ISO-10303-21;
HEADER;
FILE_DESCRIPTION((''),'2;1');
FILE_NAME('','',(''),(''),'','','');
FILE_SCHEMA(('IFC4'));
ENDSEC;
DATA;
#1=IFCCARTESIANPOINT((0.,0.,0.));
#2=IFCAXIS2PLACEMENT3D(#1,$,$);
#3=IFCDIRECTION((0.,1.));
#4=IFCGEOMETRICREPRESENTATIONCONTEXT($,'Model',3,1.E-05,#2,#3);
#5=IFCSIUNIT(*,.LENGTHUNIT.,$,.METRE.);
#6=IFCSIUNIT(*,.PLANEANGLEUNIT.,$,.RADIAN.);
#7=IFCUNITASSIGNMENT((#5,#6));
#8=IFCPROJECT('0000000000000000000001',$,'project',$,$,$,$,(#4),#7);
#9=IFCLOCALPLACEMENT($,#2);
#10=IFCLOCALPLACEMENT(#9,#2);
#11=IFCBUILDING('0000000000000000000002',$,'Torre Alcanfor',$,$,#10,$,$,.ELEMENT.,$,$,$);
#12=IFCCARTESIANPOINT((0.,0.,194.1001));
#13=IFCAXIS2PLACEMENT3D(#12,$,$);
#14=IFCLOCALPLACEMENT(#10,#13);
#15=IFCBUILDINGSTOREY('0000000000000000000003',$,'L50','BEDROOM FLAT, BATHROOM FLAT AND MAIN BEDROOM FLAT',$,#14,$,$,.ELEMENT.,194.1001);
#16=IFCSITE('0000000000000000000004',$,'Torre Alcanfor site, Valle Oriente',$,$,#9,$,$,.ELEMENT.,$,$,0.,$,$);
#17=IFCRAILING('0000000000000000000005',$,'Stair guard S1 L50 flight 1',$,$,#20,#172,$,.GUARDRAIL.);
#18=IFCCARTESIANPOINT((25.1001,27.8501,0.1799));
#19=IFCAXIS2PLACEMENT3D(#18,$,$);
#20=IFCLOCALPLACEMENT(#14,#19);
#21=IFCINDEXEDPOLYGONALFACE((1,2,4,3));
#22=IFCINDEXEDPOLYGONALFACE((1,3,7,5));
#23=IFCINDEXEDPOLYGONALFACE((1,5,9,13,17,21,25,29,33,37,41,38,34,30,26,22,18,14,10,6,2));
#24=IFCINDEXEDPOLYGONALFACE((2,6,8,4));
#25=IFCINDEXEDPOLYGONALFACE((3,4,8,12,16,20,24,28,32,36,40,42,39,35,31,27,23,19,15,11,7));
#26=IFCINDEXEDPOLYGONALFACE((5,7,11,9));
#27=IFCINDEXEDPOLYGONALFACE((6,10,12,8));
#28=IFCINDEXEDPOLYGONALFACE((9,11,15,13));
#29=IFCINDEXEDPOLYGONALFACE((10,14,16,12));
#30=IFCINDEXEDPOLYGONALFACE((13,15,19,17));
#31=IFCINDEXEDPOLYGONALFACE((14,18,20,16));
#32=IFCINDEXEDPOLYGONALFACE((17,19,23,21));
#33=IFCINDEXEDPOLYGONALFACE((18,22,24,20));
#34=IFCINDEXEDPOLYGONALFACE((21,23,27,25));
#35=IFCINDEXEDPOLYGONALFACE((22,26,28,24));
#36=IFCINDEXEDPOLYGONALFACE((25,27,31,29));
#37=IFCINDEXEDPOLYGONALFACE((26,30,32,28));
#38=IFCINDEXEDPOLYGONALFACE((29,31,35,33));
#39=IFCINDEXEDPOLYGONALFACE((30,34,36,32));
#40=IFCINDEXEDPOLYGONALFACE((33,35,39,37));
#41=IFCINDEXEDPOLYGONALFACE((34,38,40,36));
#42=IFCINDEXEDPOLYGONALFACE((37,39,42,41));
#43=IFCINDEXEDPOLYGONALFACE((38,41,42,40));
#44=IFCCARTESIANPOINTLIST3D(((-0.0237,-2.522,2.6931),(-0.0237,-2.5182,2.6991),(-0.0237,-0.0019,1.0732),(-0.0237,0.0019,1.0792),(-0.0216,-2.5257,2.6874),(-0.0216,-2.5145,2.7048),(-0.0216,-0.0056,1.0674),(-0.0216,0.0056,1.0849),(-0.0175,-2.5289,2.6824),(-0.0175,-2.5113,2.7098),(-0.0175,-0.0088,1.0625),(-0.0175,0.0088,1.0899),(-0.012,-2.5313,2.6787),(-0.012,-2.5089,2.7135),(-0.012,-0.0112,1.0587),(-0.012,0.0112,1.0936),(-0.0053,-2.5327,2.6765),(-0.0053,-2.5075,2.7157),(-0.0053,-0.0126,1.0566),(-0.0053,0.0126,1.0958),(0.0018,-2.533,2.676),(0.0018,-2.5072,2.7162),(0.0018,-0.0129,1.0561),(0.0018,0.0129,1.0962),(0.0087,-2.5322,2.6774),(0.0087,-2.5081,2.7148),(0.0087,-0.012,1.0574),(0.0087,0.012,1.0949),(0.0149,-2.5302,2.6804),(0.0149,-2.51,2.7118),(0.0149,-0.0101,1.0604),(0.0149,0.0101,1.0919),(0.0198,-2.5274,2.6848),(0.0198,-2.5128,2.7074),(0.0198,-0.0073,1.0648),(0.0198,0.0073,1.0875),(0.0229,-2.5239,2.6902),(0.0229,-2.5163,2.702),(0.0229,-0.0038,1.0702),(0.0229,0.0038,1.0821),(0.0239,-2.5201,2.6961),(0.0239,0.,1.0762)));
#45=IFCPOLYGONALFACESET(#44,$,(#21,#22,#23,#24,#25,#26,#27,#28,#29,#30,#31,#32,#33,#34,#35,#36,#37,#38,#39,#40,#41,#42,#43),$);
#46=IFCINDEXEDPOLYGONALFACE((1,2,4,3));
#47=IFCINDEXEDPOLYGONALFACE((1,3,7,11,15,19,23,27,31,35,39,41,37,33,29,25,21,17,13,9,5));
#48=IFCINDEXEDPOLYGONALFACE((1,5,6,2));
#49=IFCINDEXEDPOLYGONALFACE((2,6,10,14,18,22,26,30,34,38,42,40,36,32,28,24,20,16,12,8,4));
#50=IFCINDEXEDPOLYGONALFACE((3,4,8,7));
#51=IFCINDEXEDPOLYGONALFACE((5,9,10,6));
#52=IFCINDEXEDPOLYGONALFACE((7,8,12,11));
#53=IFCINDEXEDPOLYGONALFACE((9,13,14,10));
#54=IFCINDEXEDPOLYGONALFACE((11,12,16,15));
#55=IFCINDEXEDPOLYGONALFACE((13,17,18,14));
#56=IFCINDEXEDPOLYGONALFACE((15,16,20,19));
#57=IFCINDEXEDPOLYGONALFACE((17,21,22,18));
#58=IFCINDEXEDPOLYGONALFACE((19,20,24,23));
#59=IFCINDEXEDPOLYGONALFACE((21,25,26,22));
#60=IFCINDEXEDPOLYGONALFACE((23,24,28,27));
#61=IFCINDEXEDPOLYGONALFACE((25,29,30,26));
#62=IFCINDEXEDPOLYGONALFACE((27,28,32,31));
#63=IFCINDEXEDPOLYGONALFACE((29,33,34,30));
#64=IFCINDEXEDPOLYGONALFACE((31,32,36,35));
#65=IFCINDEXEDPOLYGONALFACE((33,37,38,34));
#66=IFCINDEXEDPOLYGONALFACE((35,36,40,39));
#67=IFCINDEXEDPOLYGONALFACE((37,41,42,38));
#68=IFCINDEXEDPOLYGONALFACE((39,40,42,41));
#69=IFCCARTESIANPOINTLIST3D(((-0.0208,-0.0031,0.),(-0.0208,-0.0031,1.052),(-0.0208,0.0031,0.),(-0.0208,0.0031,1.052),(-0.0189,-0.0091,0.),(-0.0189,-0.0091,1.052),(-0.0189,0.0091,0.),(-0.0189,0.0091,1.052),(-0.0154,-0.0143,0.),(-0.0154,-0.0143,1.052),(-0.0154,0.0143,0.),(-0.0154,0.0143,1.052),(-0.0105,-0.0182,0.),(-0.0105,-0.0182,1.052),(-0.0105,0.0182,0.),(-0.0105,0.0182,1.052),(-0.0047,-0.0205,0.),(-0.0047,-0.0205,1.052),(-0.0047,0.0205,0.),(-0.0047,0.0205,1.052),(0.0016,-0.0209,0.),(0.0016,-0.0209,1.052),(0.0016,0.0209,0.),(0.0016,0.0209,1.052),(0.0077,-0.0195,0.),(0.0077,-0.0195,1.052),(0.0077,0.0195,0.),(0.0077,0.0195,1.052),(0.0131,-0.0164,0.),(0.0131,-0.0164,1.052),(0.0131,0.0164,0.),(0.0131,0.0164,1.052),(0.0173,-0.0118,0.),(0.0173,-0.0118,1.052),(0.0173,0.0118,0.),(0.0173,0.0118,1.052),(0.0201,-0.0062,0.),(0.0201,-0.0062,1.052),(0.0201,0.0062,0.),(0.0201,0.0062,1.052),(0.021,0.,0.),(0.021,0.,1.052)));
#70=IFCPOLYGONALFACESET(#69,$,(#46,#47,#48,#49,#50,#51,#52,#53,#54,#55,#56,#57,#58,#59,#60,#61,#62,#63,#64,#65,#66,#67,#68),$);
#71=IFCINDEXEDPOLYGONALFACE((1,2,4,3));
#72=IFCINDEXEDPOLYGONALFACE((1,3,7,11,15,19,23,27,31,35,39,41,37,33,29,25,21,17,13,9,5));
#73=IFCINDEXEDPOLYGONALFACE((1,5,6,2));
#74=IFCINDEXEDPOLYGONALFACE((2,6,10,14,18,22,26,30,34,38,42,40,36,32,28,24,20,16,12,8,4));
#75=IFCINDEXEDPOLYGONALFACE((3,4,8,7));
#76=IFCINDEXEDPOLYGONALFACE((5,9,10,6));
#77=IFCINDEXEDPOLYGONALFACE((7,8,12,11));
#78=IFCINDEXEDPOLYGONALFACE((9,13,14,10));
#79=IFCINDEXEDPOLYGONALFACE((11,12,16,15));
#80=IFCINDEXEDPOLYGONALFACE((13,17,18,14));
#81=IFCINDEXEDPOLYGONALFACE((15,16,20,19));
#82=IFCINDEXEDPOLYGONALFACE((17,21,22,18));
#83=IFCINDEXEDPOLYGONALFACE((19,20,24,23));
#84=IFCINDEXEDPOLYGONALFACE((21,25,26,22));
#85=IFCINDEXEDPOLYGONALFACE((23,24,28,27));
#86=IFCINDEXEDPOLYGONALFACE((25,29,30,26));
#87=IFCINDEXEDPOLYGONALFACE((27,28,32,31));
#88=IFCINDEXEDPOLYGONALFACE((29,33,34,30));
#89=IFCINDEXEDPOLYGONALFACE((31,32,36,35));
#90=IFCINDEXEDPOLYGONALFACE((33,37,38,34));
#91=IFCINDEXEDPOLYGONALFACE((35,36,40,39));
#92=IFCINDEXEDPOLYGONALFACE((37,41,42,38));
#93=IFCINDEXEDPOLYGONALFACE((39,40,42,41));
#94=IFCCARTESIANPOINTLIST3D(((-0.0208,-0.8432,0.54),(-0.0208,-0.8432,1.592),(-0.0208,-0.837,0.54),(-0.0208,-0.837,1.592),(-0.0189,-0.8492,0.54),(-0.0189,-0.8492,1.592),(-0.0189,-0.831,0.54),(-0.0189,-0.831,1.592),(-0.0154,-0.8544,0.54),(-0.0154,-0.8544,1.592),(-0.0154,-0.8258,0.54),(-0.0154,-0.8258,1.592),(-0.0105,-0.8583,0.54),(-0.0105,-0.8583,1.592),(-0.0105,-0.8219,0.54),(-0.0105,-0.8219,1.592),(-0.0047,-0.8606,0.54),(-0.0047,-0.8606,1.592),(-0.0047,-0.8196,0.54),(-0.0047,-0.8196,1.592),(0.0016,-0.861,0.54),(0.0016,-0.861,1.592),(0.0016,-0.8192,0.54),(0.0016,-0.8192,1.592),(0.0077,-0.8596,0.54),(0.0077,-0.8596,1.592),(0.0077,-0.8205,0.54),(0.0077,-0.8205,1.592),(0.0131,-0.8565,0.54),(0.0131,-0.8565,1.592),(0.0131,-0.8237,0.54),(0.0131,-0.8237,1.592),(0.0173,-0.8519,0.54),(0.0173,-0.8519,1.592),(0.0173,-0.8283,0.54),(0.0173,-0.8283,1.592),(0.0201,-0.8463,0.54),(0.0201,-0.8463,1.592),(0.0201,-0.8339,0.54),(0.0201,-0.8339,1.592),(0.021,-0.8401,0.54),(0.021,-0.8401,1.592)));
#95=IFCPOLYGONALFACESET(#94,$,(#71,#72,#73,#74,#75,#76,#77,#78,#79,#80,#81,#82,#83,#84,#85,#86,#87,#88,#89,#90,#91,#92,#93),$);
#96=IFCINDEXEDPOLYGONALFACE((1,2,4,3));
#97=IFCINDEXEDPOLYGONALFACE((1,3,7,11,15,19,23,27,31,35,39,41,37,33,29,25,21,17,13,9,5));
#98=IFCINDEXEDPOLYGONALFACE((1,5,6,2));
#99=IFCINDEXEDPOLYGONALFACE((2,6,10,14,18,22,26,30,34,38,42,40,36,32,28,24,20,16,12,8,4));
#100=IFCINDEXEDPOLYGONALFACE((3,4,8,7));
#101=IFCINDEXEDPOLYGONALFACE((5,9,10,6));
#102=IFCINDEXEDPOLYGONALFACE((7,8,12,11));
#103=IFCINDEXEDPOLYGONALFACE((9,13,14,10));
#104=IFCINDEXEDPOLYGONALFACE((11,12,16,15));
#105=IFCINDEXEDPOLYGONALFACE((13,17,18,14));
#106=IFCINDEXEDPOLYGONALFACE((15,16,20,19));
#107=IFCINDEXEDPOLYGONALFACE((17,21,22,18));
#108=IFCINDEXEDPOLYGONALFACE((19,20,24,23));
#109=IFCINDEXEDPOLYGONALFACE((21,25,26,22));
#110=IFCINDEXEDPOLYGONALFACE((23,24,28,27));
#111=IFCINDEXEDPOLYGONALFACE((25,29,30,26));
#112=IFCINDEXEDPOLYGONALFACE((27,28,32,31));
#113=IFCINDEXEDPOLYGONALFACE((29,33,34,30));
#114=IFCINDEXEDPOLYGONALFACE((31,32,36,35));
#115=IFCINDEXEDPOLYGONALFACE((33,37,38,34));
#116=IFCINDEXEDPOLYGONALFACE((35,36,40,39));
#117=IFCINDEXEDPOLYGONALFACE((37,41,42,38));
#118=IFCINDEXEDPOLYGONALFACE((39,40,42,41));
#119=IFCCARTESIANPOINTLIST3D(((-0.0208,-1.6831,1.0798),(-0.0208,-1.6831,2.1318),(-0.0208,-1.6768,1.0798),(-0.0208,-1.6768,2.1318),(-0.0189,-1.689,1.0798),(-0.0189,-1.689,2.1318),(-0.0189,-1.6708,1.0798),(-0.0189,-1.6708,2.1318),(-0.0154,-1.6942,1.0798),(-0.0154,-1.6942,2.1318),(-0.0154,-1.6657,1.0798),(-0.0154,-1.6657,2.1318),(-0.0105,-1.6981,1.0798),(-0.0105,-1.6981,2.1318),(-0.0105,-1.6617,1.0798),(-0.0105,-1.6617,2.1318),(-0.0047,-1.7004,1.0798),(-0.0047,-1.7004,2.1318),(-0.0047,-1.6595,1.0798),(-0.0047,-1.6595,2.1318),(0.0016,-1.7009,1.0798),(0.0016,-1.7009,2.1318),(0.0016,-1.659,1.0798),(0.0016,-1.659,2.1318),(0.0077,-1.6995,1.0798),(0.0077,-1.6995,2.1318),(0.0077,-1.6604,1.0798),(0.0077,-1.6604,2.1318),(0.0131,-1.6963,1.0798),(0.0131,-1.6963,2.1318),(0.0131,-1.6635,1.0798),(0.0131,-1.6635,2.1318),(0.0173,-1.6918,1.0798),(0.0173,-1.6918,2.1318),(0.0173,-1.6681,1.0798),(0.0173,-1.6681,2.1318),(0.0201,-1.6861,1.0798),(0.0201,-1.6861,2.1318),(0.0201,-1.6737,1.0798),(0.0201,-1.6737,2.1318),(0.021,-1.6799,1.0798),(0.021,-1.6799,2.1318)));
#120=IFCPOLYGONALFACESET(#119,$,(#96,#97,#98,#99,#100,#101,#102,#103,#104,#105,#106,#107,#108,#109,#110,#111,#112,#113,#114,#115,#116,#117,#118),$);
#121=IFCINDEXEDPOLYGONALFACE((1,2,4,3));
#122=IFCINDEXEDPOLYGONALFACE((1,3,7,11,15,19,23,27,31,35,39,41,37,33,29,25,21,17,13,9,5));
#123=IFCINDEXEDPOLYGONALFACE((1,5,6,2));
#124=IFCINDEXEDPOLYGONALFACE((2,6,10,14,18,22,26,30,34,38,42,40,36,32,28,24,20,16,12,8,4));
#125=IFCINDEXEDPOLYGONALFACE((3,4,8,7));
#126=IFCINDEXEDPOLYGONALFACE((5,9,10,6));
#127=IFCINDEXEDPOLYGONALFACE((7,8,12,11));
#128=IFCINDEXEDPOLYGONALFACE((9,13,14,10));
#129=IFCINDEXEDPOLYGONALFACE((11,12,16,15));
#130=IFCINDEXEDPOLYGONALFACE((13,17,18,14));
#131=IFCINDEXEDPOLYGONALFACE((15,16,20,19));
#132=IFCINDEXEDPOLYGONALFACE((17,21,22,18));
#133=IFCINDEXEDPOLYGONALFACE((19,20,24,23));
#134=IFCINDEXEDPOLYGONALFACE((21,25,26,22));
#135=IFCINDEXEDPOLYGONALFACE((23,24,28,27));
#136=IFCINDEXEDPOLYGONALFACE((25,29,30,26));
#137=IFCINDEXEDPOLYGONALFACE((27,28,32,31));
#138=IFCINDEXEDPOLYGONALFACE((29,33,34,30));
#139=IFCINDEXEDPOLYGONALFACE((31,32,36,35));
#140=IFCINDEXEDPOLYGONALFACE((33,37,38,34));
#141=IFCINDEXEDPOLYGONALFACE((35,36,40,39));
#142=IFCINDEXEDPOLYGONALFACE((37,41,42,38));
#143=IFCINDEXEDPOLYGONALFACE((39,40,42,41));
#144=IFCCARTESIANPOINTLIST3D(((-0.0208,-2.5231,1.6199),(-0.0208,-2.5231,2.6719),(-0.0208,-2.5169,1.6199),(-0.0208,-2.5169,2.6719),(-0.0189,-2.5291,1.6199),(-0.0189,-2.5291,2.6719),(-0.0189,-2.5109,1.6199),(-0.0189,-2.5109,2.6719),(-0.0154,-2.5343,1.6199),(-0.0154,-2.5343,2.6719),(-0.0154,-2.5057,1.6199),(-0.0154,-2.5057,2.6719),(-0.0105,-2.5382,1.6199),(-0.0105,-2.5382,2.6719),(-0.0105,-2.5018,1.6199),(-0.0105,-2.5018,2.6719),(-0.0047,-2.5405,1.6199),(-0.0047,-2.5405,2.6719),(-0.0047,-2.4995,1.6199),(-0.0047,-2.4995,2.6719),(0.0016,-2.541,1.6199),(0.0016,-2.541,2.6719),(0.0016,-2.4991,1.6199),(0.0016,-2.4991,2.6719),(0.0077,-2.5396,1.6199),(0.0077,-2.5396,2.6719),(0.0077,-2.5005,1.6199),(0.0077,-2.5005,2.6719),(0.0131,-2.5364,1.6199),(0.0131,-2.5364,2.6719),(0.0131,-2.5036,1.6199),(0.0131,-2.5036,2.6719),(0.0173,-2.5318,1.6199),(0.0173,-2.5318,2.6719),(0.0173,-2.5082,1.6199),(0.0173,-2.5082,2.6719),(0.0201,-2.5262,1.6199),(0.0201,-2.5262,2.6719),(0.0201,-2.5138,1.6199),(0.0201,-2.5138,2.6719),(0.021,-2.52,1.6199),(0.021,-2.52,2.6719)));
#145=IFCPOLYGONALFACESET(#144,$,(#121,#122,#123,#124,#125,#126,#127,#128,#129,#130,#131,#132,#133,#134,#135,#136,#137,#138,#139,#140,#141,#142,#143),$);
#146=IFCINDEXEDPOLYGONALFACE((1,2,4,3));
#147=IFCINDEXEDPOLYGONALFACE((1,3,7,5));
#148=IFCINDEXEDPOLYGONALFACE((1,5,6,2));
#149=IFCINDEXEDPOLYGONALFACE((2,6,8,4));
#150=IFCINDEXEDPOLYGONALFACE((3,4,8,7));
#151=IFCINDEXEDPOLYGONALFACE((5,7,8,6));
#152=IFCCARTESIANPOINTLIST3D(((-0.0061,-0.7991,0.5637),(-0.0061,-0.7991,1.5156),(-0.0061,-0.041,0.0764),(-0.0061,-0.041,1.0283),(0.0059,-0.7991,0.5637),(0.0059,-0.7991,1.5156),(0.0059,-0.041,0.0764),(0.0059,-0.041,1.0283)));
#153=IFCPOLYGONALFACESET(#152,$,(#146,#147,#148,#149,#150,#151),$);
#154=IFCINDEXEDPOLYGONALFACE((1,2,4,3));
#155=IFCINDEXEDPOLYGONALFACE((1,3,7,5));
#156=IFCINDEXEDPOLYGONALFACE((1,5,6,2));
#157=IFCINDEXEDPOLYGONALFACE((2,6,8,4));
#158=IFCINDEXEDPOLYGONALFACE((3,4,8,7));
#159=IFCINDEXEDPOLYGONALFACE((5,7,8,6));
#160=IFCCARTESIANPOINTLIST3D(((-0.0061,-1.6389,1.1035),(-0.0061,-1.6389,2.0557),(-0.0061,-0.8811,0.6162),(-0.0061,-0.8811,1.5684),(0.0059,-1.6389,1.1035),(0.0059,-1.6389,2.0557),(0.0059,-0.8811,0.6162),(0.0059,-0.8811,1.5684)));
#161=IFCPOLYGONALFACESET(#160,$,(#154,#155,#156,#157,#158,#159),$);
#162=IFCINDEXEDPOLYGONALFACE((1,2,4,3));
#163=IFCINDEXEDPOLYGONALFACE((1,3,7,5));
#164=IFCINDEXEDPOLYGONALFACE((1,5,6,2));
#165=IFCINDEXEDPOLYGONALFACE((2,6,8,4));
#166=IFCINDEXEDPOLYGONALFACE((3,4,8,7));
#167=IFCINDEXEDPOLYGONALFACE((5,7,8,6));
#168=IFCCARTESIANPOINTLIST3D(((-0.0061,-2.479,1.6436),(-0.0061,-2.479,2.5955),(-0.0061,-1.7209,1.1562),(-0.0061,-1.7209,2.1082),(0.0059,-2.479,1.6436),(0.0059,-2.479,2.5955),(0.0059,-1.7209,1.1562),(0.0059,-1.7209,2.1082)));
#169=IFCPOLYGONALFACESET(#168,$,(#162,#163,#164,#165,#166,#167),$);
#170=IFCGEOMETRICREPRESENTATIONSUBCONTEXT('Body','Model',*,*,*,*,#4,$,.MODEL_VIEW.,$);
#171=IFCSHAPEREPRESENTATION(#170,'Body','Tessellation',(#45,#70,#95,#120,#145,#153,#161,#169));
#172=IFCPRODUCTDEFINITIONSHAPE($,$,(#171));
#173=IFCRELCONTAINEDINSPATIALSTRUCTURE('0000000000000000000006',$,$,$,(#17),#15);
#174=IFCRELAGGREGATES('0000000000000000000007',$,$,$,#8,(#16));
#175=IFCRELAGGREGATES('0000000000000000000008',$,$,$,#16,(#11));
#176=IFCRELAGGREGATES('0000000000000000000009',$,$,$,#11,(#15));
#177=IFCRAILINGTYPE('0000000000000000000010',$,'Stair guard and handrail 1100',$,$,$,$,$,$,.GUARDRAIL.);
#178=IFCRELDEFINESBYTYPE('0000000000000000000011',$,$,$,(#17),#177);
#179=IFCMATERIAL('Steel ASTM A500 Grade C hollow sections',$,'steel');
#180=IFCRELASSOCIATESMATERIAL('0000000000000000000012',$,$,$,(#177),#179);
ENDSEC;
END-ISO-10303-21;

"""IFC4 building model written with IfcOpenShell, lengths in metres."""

from ifc_helpers import new_model, si_unit, direction, frame, origin, origin_2d, place, context, subcontext, project, spatial, polyline, circle, outline, extrude, material, type_object, element, save


model = new_model("IFC4")

# Units and contexts
model_context = context("Model", 3, precision=1e-05, world=origin(), true_north=direction((0.0, 1.0)))
body_context = subcontext(model_context, "Body", "Model", "MODEL_VIEW")
ifc_project = project(units=[si_unit("LENGTHUNIT", "METRE"), si_unit("PLANEANGLEUNIT", "RADIAN")], contexts=[model_context])

# Site, building, storey
site_placement = place(None, origin())
site = spatial("IfcSite", under=ifc_project, at=site_placement, Name="Torre Alcanfor site, Valle Oriente", CompositionType="ELEMENT", RefElevation=0.0)
building_placement = place(site_placement, origin())
building = spatial("IfcBuilding", under=site, at=building_placement, Name="Torre Alcanfor", CompositionType="ELEMENT")
storey_placement = place(building_placement, frame((0.0, 0.0, 194.1001)))
storey = spatial("IfcBuildingStorey", under=building, at=storey_placement, Name="L50", Description="BEDROOM FLAT, BATHROOM FLAT AND MAIN BEDROOM FLAT", CompositionType="ELEMENT", Elevation=194.1001)

# Railing
ifc_material_1 = material(Name="Steel ASTM A500 Grade C hollow sections", Category="steel")
railing_type = type_object("IfcRailingType", Name="Stair guard and handrail 1100", PredefinedType="GUARDRAIL", material=ifc_material_1)
railing_1_placement = place(storey_placement, frame((25.1001, 27.8501, 0.1799)))
element("IfcRailing", 1, at=railing_1_placement, inside=storey, type_object=railing_type, Name="Stair guard S1 L50 flight 1", PredefinedType="GUARDRAIL", context=body_context, shape_type="SweptSolid", body=[
    extrude(circle(Radius=0.0239, at=origin_2d()), frame((0.0, 0.0, 1.0762), z_axis=(0.0, -0.8412, 0.540725), x_axis=(1.0, 0.0, 0.0)), (0.0, 0.0, 1.0), 2.9958),
    extrude(circle(Radius=0.021, at=origin_2d()), origin(), (0.0, 0.0, 1.0), 1.052),
    extrude(circle(Radius=0.021, at=origin_2d()), frame((0.0, -0.8401, 0.54)), (0.0, 0.0, 1.0), 1.052),
    extrude(circle(Radius=0.021, at=origin_2d()), frame((0.0, -1.6799, 1.0798)), (0.0, 0.0, 1.0), 1.052),
    extrude(circle(Radius=0.021, at=origin_2d()), frame((0.0, -2.52, 1.6199)), (0.0, 0.0, 1.0), 1.052),
    extrude(outline(polyline([(0.041, 0.0764), (0.7991, 0.5637), (0.7991, 1.5156), (0.041, 1.0283), (0.041, 0.0764)])), frame((0.0059, 0.0, 0.0), z_axis=(-1.0, 0.0, 0.0), x_axis=(0.0, -1.0, 0.0)), (0.0, 0.0, 1.0), 0.012),
    extrude(outline(polyline([(0.8811, 0.6162), (1.6389, 1.1035), (1.6389, 2.0557), (0.8811, 1.5684), (0.8811, 0.6162)])), frame((0.0059, 0.0, 0.0), z_axis=(-1.0, 0.0, 0.0), x_axis=(0.0, -1.0, 0.0)), (0.0, 0.0, 1.0), 0.012),
    extrude(outline(polyline([(1.7209, 1.1562), (2.479, 1.6436), (2.479, 2.5955), (1.7209, 2.1082), (1.7209, 1.1562)])), frame((0.0059, 0.0, 0.0), z_axis=(-1.0, 0.0, 0.0), x_axis=(0.0, -1.0, 0.0)), (0.0, 0.0, 1.0), 0.012),
])

save(model, "model.ifc")
